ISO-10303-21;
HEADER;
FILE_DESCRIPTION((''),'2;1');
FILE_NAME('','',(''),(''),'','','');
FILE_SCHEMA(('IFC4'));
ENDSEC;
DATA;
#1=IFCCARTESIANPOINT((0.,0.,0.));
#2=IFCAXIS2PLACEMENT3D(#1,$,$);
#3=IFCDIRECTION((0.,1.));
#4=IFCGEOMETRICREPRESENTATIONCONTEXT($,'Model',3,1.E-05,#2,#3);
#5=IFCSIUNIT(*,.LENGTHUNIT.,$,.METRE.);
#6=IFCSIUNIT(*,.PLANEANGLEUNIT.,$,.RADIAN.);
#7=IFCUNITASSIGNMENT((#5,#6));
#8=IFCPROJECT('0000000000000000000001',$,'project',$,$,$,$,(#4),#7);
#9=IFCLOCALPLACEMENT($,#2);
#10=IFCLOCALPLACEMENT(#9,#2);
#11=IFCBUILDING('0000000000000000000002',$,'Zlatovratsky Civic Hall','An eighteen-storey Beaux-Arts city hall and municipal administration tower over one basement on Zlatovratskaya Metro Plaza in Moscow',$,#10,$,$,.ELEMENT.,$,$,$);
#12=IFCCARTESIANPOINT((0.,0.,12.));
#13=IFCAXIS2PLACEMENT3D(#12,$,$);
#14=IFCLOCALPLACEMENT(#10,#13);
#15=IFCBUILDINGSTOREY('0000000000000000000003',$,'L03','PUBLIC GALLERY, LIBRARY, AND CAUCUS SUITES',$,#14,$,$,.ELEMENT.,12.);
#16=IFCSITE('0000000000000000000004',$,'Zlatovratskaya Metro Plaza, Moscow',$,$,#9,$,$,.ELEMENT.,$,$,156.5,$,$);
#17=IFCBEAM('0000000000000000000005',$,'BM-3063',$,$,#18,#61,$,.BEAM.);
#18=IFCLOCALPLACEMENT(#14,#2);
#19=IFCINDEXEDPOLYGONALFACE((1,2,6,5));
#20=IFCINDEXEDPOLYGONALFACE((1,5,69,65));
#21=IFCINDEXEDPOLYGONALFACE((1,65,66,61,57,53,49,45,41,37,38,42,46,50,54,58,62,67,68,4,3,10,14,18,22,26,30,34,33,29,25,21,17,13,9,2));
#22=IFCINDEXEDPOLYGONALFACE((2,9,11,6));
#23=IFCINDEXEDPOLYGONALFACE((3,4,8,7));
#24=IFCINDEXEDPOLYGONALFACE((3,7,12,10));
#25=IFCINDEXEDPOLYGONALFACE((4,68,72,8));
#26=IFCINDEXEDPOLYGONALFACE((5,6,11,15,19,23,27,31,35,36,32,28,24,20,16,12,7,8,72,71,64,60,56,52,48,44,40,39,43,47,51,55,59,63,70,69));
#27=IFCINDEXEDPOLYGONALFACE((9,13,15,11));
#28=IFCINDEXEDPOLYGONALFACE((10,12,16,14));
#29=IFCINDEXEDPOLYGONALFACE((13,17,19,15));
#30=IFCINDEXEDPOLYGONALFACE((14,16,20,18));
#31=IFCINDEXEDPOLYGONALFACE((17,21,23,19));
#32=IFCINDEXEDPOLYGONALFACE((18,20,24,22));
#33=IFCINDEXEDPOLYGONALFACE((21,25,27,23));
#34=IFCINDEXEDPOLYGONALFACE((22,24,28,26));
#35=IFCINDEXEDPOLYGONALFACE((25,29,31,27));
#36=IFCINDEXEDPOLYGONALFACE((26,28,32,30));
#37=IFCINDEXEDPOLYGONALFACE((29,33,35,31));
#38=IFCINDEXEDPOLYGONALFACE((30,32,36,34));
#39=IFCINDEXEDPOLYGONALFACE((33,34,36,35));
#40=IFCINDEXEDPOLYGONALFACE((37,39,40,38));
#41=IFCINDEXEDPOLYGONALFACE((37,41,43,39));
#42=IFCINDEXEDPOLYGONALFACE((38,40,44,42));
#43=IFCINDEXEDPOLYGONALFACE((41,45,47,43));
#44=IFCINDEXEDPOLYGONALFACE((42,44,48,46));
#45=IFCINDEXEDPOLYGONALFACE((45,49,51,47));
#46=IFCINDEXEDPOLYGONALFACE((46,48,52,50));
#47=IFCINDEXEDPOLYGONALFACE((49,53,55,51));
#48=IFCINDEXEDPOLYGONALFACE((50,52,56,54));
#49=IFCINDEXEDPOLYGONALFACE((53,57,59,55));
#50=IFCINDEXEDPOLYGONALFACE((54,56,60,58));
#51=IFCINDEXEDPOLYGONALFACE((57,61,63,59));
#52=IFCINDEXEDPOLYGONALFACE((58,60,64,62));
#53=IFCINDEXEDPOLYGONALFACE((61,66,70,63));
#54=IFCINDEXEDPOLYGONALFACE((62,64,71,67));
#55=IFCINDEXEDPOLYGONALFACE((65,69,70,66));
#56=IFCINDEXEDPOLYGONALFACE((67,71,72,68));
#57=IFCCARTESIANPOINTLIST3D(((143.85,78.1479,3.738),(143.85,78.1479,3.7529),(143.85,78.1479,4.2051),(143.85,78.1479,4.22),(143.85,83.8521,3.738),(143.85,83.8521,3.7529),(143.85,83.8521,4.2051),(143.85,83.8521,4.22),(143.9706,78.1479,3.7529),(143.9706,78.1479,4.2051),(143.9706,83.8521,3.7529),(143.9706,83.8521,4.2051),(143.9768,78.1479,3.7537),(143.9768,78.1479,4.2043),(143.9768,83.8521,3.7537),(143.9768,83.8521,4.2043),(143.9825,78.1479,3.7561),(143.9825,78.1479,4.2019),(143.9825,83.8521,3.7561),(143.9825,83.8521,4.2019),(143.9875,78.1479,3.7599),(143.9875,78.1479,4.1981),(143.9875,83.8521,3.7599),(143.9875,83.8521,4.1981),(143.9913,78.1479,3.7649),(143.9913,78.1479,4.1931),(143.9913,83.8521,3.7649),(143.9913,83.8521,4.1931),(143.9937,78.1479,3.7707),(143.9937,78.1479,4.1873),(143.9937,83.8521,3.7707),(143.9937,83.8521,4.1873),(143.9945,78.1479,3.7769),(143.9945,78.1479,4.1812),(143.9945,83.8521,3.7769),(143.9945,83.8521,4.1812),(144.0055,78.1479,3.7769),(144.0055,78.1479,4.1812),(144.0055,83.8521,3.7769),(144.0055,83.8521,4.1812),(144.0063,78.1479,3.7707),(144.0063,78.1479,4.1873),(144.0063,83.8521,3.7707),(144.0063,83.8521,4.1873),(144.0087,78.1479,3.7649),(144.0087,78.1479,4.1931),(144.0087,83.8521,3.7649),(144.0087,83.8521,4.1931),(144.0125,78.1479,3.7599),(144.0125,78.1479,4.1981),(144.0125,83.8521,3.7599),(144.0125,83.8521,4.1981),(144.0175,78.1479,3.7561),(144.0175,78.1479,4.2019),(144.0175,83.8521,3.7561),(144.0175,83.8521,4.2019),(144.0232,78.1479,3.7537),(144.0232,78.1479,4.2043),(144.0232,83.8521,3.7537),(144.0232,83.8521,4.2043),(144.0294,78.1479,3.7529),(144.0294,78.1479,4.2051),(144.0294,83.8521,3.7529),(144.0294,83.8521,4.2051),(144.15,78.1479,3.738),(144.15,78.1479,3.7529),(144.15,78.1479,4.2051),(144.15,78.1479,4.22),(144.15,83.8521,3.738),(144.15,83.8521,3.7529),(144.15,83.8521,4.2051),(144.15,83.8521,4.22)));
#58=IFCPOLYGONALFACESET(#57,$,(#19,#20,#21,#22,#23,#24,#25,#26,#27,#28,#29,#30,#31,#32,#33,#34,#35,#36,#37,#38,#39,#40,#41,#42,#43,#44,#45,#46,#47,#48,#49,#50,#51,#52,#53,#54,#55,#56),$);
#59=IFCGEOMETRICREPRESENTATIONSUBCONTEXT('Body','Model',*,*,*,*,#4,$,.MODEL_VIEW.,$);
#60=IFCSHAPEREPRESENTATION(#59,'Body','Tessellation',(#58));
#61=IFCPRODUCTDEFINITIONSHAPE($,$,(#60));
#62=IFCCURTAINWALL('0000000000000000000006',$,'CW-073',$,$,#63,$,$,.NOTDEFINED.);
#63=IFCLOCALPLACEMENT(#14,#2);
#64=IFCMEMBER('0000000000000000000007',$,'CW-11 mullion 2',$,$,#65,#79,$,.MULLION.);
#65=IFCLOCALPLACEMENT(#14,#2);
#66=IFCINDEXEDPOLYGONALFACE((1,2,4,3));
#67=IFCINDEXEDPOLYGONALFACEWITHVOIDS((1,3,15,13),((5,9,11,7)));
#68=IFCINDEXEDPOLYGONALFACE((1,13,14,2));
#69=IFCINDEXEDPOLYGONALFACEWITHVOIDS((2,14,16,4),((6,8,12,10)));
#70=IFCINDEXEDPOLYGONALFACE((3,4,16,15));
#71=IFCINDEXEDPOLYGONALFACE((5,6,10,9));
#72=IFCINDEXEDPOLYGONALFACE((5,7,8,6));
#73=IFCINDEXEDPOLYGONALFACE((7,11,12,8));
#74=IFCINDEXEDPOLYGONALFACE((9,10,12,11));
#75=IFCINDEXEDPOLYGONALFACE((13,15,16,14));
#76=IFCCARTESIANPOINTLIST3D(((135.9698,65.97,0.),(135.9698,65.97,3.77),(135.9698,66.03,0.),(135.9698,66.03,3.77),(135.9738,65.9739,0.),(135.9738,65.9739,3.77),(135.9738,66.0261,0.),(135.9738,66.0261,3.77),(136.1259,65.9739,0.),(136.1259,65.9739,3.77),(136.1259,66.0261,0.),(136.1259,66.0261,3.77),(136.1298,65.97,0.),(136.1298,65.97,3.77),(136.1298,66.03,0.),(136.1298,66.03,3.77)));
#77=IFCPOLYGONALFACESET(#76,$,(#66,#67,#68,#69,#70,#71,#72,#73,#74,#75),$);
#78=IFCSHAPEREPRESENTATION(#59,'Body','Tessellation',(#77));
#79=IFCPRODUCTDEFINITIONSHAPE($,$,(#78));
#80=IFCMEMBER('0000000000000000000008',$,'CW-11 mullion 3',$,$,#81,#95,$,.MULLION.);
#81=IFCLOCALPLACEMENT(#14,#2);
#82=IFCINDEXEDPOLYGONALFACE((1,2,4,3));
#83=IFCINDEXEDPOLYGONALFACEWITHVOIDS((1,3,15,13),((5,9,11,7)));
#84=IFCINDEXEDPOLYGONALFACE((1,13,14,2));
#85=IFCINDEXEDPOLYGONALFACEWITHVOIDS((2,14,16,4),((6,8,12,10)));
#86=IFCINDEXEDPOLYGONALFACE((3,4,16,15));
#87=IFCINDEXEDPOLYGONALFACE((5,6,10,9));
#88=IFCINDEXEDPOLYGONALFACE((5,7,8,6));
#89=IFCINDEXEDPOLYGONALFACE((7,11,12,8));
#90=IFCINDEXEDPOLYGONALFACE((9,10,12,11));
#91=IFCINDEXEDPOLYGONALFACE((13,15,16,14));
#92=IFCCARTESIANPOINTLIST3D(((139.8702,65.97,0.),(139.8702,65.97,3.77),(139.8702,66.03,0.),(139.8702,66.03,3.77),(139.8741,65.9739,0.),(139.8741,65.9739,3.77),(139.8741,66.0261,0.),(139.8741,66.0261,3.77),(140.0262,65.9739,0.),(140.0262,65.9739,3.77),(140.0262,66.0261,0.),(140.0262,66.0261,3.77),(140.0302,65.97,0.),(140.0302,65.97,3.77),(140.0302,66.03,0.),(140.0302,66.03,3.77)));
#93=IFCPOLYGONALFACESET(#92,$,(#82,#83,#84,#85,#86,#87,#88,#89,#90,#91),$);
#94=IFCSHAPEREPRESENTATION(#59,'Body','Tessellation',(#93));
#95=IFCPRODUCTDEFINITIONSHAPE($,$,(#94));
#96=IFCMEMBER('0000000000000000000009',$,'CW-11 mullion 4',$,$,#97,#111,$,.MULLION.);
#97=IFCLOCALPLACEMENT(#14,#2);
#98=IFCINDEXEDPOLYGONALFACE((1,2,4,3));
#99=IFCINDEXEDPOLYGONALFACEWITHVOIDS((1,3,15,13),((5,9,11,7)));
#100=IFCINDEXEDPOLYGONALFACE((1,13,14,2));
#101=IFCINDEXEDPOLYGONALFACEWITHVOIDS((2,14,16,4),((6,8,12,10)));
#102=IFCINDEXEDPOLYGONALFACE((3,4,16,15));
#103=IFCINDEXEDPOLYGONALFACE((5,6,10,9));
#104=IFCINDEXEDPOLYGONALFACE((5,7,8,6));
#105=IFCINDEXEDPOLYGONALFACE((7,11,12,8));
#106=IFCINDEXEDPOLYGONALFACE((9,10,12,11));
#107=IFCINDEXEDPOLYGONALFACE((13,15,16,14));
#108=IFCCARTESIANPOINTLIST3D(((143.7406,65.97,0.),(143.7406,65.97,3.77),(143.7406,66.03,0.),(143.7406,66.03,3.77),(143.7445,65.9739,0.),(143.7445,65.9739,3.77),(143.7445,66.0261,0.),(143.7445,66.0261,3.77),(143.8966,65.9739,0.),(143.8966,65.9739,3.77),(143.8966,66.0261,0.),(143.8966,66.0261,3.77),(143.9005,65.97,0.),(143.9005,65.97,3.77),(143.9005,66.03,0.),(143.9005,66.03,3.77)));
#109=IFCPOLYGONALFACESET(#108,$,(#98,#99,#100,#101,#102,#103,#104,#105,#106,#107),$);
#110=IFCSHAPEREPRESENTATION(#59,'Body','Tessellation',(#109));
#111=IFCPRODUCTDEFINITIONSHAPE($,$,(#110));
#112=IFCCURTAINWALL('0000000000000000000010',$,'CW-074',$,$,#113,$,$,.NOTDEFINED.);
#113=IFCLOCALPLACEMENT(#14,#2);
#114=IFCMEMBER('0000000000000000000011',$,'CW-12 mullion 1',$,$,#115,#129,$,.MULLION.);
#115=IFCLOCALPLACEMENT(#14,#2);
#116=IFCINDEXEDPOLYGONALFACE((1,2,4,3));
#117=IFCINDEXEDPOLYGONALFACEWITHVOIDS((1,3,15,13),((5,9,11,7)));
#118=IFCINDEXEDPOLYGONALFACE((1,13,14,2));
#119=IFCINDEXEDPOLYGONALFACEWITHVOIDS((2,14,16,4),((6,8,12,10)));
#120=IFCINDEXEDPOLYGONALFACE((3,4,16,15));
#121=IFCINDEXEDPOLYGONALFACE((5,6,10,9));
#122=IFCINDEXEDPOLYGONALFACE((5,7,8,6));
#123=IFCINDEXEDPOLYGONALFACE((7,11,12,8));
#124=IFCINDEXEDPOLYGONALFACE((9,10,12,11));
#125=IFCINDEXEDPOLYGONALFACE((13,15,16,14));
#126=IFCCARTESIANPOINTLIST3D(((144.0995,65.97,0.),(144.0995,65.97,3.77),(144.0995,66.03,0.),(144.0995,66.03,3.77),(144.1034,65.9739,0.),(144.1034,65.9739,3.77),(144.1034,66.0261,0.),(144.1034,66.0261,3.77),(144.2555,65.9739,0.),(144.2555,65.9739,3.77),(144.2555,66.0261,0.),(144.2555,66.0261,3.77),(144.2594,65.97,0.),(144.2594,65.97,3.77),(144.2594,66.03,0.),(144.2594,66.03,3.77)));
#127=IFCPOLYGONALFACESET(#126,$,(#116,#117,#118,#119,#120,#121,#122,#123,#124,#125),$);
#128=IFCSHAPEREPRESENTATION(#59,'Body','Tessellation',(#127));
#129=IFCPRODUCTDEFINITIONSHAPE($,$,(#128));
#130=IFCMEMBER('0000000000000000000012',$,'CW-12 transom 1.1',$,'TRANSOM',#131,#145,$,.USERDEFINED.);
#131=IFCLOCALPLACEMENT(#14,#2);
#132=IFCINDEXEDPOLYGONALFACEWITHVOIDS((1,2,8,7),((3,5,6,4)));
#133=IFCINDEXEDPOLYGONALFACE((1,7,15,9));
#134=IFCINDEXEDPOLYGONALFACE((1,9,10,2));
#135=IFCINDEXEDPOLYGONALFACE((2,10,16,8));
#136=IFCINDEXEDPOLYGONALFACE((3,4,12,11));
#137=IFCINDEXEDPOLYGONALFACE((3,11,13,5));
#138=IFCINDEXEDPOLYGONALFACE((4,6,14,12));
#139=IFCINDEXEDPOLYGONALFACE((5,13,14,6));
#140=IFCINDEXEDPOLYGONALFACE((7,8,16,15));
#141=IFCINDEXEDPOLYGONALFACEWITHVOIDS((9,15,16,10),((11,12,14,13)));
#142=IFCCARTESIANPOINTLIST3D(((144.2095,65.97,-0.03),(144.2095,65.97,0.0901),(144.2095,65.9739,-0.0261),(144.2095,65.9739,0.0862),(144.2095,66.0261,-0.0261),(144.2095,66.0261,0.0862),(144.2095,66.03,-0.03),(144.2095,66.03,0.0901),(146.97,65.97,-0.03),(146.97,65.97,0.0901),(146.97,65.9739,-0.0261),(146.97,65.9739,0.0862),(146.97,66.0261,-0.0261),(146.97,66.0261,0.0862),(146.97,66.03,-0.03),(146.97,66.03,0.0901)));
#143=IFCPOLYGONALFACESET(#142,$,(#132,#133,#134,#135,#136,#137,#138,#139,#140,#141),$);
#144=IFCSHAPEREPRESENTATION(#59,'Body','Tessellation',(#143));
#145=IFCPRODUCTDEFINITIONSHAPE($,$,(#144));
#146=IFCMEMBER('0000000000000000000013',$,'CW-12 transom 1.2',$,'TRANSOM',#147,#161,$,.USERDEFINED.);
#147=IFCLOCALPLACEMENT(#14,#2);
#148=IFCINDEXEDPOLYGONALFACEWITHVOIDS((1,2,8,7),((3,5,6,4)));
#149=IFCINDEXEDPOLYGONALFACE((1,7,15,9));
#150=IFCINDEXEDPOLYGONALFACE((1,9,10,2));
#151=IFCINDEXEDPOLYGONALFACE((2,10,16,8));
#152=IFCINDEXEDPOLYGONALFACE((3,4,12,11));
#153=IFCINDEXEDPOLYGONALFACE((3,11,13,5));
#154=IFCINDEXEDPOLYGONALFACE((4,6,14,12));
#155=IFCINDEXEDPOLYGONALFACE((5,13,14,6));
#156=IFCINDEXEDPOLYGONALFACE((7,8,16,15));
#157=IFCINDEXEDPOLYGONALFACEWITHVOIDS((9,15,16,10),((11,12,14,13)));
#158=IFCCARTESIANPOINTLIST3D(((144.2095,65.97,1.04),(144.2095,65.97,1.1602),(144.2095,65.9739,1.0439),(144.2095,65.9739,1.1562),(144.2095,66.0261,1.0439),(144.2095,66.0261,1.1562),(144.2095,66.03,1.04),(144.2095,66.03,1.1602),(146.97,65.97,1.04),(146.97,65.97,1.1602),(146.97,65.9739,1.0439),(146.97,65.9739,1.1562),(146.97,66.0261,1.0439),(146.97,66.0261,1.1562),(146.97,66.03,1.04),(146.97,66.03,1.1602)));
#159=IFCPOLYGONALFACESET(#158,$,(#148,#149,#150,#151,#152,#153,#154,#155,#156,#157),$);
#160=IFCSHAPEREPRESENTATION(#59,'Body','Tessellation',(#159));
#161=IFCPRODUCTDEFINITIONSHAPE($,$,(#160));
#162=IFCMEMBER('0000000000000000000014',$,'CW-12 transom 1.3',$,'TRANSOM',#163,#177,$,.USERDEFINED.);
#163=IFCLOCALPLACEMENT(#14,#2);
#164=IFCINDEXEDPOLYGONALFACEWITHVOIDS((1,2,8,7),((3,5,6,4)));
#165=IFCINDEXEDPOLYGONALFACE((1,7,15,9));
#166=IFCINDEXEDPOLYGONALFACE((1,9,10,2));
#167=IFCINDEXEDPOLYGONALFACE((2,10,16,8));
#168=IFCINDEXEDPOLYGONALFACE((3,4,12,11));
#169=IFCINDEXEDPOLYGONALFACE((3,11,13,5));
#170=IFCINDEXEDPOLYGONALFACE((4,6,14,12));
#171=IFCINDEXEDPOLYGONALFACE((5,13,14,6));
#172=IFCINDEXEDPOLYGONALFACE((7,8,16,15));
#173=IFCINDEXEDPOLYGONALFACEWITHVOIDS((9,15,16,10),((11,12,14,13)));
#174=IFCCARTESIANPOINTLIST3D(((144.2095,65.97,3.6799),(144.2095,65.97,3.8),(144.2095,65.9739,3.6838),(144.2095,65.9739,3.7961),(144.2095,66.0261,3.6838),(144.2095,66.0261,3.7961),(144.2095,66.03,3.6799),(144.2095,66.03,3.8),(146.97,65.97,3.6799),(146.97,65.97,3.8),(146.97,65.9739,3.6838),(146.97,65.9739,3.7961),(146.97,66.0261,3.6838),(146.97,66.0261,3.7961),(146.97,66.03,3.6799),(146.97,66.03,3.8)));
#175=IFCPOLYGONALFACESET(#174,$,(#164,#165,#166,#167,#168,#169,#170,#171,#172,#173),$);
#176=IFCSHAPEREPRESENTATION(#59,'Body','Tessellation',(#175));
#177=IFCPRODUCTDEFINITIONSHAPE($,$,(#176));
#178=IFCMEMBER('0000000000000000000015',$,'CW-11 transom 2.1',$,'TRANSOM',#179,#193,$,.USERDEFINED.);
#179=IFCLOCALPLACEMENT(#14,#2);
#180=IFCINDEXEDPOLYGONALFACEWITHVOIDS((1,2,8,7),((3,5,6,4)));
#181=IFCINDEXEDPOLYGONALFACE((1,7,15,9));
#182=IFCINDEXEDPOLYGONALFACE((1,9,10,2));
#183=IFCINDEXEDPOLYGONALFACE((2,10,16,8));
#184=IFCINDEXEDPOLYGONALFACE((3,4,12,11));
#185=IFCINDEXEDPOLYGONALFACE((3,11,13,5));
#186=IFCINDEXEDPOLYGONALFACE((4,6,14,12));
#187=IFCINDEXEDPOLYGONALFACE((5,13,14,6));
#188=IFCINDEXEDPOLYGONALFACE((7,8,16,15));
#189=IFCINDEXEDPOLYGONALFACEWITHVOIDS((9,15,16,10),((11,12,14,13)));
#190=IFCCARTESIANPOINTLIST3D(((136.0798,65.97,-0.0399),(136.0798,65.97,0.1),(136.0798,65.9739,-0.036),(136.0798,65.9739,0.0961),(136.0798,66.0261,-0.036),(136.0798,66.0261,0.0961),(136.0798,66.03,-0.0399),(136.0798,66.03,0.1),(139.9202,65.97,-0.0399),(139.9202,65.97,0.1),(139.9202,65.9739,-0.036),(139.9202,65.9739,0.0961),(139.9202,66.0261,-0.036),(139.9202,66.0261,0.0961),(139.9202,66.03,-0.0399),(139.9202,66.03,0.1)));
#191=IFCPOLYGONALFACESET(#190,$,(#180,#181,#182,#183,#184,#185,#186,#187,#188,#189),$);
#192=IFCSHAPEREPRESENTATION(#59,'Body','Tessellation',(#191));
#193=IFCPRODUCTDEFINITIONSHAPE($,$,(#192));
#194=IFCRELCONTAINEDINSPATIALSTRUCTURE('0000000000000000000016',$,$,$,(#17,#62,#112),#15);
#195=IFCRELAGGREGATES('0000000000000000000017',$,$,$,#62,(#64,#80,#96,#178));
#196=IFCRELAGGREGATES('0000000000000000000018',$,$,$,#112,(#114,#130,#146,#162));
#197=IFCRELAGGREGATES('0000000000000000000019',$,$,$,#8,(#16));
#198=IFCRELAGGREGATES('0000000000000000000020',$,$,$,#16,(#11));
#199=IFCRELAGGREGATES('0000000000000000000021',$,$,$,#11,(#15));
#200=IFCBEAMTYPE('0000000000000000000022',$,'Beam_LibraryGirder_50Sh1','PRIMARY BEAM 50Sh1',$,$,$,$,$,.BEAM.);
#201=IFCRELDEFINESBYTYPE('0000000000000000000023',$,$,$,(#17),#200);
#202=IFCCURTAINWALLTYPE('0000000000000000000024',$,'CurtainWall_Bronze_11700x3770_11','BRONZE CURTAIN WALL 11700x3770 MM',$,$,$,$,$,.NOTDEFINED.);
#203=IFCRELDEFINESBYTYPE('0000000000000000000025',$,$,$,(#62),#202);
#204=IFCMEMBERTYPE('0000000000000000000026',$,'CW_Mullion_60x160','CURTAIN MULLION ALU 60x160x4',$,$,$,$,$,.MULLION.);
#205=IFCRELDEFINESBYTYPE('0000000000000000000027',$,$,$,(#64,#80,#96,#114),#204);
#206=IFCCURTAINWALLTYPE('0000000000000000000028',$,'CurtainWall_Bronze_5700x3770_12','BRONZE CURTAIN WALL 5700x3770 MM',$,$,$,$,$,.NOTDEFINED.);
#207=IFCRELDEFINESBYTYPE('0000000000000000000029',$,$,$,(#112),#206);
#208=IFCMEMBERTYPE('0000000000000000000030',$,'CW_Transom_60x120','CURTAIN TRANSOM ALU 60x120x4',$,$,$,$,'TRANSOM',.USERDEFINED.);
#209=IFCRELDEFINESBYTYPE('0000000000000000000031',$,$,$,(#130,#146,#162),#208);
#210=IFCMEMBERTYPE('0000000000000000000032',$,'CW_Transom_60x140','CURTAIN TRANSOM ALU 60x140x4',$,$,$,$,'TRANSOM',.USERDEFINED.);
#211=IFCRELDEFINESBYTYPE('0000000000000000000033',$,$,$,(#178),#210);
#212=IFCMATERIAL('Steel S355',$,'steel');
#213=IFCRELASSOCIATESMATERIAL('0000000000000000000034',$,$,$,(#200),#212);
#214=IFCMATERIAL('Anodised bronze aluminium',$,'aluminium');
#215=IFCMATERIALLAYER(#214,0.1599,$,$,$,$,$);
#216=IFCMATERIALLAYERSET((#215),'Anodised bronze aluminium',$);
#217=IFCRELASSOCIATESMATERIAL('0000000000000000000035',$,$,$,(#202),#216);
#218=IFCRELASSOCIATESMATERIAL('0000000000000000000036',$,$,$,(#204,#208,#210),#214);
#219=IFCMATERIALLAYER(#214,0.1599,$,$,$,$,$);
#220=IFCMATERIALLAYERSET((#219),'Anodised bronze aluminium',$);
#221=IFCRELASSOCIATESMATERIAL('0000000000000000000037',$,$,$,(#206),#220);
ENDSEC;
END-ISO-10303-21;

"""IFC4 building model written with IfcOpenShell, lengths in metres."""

from ifc_helpers import new_model, si_unit, direction, frame, origin, origin_2d, place, context, subcontext, project, spatial, hollow_rectangle, i_section, extrude, material, layer, layer_set, material_profile, profile_set, type_object, element, aggregate, save


model = new_model("IFC4")

# Units and contexts
model_context = context("Model", 3, precision=1e-05, world=origin(), true_north=direction((0.0, 1.0)))
body_context = subcontext(model_context, "Body", "Model", "MODEL_VIEW")
ifc_project = project(units=[si_unit("LENGTHUNIT", "METRE"), si_unit("PLANEANGLEUNIT", "RADIAN")], contexts=[model_context])

# Site, building, storey
site_placement = place(None, origin())
site = spatial("IfcSite", under=ifc_project, at=site_placement, Name="Zlatovratskaya Metro Plaza, Moscow", CompositionType="ELEMENT", RefElevation=156.5)
building_placement = place(site_placement, origin())
building = spatial("IfcBuilding", under=site, at=building_placement, Name="Zlatovratsky Civic Hall", Description="An eighteen-storey Beaux-Arts city hall and municipal administration tower over one basement on Zlatovratskaya Metro Plaza in Moscow", CompositionType="ELEMENT")
storey_placement = place(building_placement, frame((0.0, 0.0, 12.0)))
storey = spatial("IfcBuildingStorey", under=building, at=storey_placement, Name="L03", Description="PUBLIC GALLERY, LIBRARY, AND CAUCUS SUITES", CompositionType="ELEMENT", Elevation=12.0)

# Shared definitions
ifc_material_1 = material(Name="Steel S355", Category="steel")

# Beam
ifc_material_profile_1 = material_profile(ifc_material_1, i_section(OverallWidth=0.3, OverallDepth=0.4819, WebThickness=0.011, FlangeThickness=0.0149, FilletRadius=0.0239, at=origin_2d()), Name="50Sh1")
ifc_profile_set_1 = profile_set([ifc_material_profile_1], Name="Steel S355")
beam_type_1 = type_object("IfcBeamType", Name="Beam_LibraryGirder_50Sh1", Description="PRIMARY BEAM 50Sh1", PredefinedType="BEAM", material=ifc_profile_set_1)
for number, where, z_axis, x_axis, name in (
    (1, (144.0, 78.1479, 3.979), (0.0, 1.0, 0.0), (-1.0, 0.0, 0.0), "BM-3063"),
):
    element("IfcBeam", number, at=place(storey_placement, frame(where, z_axis=z_axis, x_axis=x_axis)), inside=storey, type_object=beam_type_1, Name=name, PredefinedType="BEAM", context=body_context, shape_type="SweptSolid", body=[
        extrude(i_section(OverallWidth=0.3, OverallDepth=0.4819, WebThickness=0.011, FlangeThickness=0.0149, FilletRadius=0.0239, at=origin_2d()), origin(), (0.0, 0.0, 1.0), 5.7041),
    ])

# Curtain walls, members
ifc_material_2 = material(Name="Anodised bronze aluminium", Category="aluminium")
ifc_layer_1 = layer(ifc_material_2, 0.1599)
ifc_layer_set_1 = layer_set([ifc_layer_1], Name="Anodised bronze aluminium")
curtain_wall_type_1 = type_object("IfcCurtainWallType", Name="CurtainWall_Bronze_11700x3770_11", Description="BRONZE CURTAIN WALL 11700x3770 MM", PredefinedType="NOTDEFINED", material=ifc_layer_set_1)
curtain_wall_1_placement = place(storey_placement, origin())
curtain_wall_1 = element("IfcCurtainWall", 2, at=curtain_wall_1_placement, inside=storey, type_object=curtain_wall_type_1, Name="CW-073", PredefinedType="NOTDEFINED")
ifc_material_profile_2 = material_profile(ifc_material_2, hollow_rectangle(XDim=0.0601, YDim=0.1599, WallThickness=0.0039, at=origin_2d()), Name="ALU 60x160x4")
ifc_profile_set_2 = profile_set([ifc_material_profile_2], Name="Anodised bronze aluminium")
member_type_1 = type_object("IfcMemberType", Name="CW_Mullion_60x160", Description="CURTAIN MULLION ALU 60x160x4", PredefinedType="MULLION", material=ifc_profile_set_2)
member_1_placement = place(storey_placement, frame((136.0498, 66.0, 0.0), z_axis=(0.0, 0.0, 1.0), x_axis=(0.0, 1.0, 0.0)))
member_1 = element("IfcMember", 3, at=member_1_placement, type_object=member_type_1, Name="CW-11 mullion 2", PredefinedType="MULLION", context=body_context, shape_type="SweptSolid", body=[
    extrude(hollow_rectangle(XDim=0.0601, YDim=0.1599, WallThickness=0.0039, at=origin_2d()), origin(), (0.0, 0.0, 1.0), 3.77),
])
member_2_placement = place(storey_placement, frame((139.9502, 66.0, 0.0), z_axis=(0.0, 0.0, 1.0), x_axis=(0.0, 1.0, 0.0)))
member_2 = element("IfcMember", 4, at=member_2_placement, type_object=member_type_1, Name="CW-11 mullion 3", PredefinedType="MULLION", context=body_context, shape_type="SweptSolid", body=[
    extrude(hollow_rectangle(XDim=0.0601, YDim=0.1599, WallThickness=0.0039, at=origin_2d()), origin(), (0.0, 0.0, 1.0), 3.77),
])
member_3_placement = place(storey_placement, frame((143.8206, 66.0, 0.0), z_axis=(0.0, 0.0, 1.0), x_axis=(0.0, 1.0, 0.0)))
member_3 = element("IfcMember", 5, at=member_3_placement, type_object=member_type_1, Name="CW-11 mullion 4", PredefinedType="MULLION", context=body_context, shape_type="SweptSolid", body=[
    extrude(hollow_rectangle(XDim=0.0601, YDim=0.1599, WallThickness=0.0039, at=origin_2d()), origin(), (0.0, 0.0, 1.0), 3.77),
])
ifc_layer_2 = layer(ifc_material_2, 0.1599)
ifc_layer_set_2 = layer_set([ifc_layer_2], Name="Anodised bronze aluminium")
curtain_wall_type_2 = type_object("IfcCurtainWallType", Name="CurtainWall_Bronze_5700x3770_12", Description="BRONZE CURTAIN WALL 5700x3770 MM", PredefinedType="NOTDEFINED", material=ifc_layer_set_2)
curtain_wall_2_placement = place(storey_placement, origin())
curtain_wall_2 = element("IfcCurtainWall", 6, at=curtain_wall_2_placement, inside=storey, type_object=curtain_wall_type_2, Name="CW-074", PredefinedType="NOTDEFINED")
member_4_placement = place(storey_placement, frame((144.1794, 66.0, 0.0), z_axis=(0.0, 0.0, 1.0), x_axis=(0.0, 1.0, 0.0)))
member_4 = element("IfcMember", 7, at=member_4_placement, type_object=member_type_1, Name="CW-12 mullion 1", PredefinedType="MULLION", context=body_context, shape_type="SweptSolid", body=[
    extrude(hollow_rectangle(XDim=0.0601, YDim=0.1599, WallThickness=0.0039, at=origin_2d()), origin(), (0.0, 0.0, 1.0), 3.77),
])
ifc_material_profile_3 = material_profile(ifc_material_2, hollow_rectangle(XDim=0.0601, YDim=0.1201, WallThickness=0.0039, at=origin_2d()), Name="ALU 60x120x4")
ifc_profile_set_3 = profile_set([ifc_material_profile_3], Name="Anodised bronze aluminium")
member_type_2 = type_object("IfcMemberType", Name="CW_Transom_60x120", Description="CURTAIN TRANSOM ALU 60x120x4", ElementType="TRANSOM", PredefinedType="USERDEFINED", material=ifc_profile_set_3)
member_5_placement = place(storey_placement, frame((144.2095, 66.0, 0.03), z_axis=(1.0, 0.0, 0.0), x_axis=(0.0, 1.0, 0.0)))
member_5 = element("IfcMember", 8, at=member_5_placement, type_object=member_type_2, Name="CW-12 transom 1.1", ObjectType="TRANSOM", PredefinedType="USERDEFINED", context=body_context, shape_type="SweptSolid", body=[
    extrude(hollow_rectangle(XDim=0.0601, YDim=0.1201, WallThickness=0.0039, at=origin_2d()), origin(), (0.0, 0.0, 1.0), 2.7605),
])
member_6_placement = place(storey_placement, frame((144.2095, 66.0, 1.1001), z_axis=(1.0, 0.0, 0.0), x_axis=(0.0, 1.0, 0.0)))
member_6 = element("IfcMember", 9, at=member_6_placement, type_object=member_type_2, Name="CW-12 transom 1.2", ObjectType="TRANSOM", PredefinedType="USERDEFINED", context=body_context, shape_type="SweptSolid", body=[
    extrude(hollow_rectangle(XDim=0.0601, YDim=0.1201, WallThickness=0.0039, at=origin_2d()), origin(), (0.0, 0.0, 1.0), 2.7605),
])
member_7_placement = place(storey_placement, frame((144.2095, 66.0, 3.74), z_axis=(1.0, 0.0, 0.0), x_axis=(0.0, 1.0, 0.0)))
member_7 = element("IfcMember", 10, at=member_7_placement, type_object=member_type_2, Name="CW-12 transom 1.3", ObjectType="TRANSOM", PredefinedType="USERDEFINED", context=body_context, shape_type="SweptSolid", body=[
    extrude(hollow_rectangle(XDim=0.0601, YDim=0.1201, WallThickness=0.0039, at=origin_2d()), origin(), (0.0, 0.0, 1.0), 2.7605),
])

# Member
ifc_material_profile_4 = material_profile(ifc_material_2, hollow_rectangle(XDim=0.0601, YDim=0.1399, WallThickness=0.0039, at=origin_2d()), Name="ALU 60x140x4")
ifc_profile_set_4 = profile_set([ifc_material_profile_4], Name="Anodised bronze aluminium")
member_type_3 = type_object("IfcMemberType", Name="CW_Transom_60x140", Description="CURTAIN TRANSOM ALU 60x140x4", ElementType="TRANSOM", PredefinedType="USERDEFINED", material=ifc_profile_set_4)
member_8_placement = place(storey_placement, frame((136.0798, 66.0, 0.03), z_axis=(1.0, 0.0, 0.0), x_axis=(0.0, 1.0, 0.0)))
member_8 = element("IfcMember", 11, at=member_8_placement, type_object=member_type_3, Name="CW-11 transom 2.1", ObjectType="TRANSOM", PredefinedType="USERDEFINED", context=body_context, shape_type="SweptSolid", body=[
    extrude(hollow_rectangle(XDim=0.0601, YDim=0.1399, WallThickness=0.0039, at=origin_2d()), origin(), (0.0, 0.0, 1.0), 3.8403),
])

aggregate(curtain_wall_1, [member_1, member_2, member_3, member_8])
aggregate(curtain_wall_2, [member_4, member_5, member_6, member_7])

save(model, "model.ifc")
